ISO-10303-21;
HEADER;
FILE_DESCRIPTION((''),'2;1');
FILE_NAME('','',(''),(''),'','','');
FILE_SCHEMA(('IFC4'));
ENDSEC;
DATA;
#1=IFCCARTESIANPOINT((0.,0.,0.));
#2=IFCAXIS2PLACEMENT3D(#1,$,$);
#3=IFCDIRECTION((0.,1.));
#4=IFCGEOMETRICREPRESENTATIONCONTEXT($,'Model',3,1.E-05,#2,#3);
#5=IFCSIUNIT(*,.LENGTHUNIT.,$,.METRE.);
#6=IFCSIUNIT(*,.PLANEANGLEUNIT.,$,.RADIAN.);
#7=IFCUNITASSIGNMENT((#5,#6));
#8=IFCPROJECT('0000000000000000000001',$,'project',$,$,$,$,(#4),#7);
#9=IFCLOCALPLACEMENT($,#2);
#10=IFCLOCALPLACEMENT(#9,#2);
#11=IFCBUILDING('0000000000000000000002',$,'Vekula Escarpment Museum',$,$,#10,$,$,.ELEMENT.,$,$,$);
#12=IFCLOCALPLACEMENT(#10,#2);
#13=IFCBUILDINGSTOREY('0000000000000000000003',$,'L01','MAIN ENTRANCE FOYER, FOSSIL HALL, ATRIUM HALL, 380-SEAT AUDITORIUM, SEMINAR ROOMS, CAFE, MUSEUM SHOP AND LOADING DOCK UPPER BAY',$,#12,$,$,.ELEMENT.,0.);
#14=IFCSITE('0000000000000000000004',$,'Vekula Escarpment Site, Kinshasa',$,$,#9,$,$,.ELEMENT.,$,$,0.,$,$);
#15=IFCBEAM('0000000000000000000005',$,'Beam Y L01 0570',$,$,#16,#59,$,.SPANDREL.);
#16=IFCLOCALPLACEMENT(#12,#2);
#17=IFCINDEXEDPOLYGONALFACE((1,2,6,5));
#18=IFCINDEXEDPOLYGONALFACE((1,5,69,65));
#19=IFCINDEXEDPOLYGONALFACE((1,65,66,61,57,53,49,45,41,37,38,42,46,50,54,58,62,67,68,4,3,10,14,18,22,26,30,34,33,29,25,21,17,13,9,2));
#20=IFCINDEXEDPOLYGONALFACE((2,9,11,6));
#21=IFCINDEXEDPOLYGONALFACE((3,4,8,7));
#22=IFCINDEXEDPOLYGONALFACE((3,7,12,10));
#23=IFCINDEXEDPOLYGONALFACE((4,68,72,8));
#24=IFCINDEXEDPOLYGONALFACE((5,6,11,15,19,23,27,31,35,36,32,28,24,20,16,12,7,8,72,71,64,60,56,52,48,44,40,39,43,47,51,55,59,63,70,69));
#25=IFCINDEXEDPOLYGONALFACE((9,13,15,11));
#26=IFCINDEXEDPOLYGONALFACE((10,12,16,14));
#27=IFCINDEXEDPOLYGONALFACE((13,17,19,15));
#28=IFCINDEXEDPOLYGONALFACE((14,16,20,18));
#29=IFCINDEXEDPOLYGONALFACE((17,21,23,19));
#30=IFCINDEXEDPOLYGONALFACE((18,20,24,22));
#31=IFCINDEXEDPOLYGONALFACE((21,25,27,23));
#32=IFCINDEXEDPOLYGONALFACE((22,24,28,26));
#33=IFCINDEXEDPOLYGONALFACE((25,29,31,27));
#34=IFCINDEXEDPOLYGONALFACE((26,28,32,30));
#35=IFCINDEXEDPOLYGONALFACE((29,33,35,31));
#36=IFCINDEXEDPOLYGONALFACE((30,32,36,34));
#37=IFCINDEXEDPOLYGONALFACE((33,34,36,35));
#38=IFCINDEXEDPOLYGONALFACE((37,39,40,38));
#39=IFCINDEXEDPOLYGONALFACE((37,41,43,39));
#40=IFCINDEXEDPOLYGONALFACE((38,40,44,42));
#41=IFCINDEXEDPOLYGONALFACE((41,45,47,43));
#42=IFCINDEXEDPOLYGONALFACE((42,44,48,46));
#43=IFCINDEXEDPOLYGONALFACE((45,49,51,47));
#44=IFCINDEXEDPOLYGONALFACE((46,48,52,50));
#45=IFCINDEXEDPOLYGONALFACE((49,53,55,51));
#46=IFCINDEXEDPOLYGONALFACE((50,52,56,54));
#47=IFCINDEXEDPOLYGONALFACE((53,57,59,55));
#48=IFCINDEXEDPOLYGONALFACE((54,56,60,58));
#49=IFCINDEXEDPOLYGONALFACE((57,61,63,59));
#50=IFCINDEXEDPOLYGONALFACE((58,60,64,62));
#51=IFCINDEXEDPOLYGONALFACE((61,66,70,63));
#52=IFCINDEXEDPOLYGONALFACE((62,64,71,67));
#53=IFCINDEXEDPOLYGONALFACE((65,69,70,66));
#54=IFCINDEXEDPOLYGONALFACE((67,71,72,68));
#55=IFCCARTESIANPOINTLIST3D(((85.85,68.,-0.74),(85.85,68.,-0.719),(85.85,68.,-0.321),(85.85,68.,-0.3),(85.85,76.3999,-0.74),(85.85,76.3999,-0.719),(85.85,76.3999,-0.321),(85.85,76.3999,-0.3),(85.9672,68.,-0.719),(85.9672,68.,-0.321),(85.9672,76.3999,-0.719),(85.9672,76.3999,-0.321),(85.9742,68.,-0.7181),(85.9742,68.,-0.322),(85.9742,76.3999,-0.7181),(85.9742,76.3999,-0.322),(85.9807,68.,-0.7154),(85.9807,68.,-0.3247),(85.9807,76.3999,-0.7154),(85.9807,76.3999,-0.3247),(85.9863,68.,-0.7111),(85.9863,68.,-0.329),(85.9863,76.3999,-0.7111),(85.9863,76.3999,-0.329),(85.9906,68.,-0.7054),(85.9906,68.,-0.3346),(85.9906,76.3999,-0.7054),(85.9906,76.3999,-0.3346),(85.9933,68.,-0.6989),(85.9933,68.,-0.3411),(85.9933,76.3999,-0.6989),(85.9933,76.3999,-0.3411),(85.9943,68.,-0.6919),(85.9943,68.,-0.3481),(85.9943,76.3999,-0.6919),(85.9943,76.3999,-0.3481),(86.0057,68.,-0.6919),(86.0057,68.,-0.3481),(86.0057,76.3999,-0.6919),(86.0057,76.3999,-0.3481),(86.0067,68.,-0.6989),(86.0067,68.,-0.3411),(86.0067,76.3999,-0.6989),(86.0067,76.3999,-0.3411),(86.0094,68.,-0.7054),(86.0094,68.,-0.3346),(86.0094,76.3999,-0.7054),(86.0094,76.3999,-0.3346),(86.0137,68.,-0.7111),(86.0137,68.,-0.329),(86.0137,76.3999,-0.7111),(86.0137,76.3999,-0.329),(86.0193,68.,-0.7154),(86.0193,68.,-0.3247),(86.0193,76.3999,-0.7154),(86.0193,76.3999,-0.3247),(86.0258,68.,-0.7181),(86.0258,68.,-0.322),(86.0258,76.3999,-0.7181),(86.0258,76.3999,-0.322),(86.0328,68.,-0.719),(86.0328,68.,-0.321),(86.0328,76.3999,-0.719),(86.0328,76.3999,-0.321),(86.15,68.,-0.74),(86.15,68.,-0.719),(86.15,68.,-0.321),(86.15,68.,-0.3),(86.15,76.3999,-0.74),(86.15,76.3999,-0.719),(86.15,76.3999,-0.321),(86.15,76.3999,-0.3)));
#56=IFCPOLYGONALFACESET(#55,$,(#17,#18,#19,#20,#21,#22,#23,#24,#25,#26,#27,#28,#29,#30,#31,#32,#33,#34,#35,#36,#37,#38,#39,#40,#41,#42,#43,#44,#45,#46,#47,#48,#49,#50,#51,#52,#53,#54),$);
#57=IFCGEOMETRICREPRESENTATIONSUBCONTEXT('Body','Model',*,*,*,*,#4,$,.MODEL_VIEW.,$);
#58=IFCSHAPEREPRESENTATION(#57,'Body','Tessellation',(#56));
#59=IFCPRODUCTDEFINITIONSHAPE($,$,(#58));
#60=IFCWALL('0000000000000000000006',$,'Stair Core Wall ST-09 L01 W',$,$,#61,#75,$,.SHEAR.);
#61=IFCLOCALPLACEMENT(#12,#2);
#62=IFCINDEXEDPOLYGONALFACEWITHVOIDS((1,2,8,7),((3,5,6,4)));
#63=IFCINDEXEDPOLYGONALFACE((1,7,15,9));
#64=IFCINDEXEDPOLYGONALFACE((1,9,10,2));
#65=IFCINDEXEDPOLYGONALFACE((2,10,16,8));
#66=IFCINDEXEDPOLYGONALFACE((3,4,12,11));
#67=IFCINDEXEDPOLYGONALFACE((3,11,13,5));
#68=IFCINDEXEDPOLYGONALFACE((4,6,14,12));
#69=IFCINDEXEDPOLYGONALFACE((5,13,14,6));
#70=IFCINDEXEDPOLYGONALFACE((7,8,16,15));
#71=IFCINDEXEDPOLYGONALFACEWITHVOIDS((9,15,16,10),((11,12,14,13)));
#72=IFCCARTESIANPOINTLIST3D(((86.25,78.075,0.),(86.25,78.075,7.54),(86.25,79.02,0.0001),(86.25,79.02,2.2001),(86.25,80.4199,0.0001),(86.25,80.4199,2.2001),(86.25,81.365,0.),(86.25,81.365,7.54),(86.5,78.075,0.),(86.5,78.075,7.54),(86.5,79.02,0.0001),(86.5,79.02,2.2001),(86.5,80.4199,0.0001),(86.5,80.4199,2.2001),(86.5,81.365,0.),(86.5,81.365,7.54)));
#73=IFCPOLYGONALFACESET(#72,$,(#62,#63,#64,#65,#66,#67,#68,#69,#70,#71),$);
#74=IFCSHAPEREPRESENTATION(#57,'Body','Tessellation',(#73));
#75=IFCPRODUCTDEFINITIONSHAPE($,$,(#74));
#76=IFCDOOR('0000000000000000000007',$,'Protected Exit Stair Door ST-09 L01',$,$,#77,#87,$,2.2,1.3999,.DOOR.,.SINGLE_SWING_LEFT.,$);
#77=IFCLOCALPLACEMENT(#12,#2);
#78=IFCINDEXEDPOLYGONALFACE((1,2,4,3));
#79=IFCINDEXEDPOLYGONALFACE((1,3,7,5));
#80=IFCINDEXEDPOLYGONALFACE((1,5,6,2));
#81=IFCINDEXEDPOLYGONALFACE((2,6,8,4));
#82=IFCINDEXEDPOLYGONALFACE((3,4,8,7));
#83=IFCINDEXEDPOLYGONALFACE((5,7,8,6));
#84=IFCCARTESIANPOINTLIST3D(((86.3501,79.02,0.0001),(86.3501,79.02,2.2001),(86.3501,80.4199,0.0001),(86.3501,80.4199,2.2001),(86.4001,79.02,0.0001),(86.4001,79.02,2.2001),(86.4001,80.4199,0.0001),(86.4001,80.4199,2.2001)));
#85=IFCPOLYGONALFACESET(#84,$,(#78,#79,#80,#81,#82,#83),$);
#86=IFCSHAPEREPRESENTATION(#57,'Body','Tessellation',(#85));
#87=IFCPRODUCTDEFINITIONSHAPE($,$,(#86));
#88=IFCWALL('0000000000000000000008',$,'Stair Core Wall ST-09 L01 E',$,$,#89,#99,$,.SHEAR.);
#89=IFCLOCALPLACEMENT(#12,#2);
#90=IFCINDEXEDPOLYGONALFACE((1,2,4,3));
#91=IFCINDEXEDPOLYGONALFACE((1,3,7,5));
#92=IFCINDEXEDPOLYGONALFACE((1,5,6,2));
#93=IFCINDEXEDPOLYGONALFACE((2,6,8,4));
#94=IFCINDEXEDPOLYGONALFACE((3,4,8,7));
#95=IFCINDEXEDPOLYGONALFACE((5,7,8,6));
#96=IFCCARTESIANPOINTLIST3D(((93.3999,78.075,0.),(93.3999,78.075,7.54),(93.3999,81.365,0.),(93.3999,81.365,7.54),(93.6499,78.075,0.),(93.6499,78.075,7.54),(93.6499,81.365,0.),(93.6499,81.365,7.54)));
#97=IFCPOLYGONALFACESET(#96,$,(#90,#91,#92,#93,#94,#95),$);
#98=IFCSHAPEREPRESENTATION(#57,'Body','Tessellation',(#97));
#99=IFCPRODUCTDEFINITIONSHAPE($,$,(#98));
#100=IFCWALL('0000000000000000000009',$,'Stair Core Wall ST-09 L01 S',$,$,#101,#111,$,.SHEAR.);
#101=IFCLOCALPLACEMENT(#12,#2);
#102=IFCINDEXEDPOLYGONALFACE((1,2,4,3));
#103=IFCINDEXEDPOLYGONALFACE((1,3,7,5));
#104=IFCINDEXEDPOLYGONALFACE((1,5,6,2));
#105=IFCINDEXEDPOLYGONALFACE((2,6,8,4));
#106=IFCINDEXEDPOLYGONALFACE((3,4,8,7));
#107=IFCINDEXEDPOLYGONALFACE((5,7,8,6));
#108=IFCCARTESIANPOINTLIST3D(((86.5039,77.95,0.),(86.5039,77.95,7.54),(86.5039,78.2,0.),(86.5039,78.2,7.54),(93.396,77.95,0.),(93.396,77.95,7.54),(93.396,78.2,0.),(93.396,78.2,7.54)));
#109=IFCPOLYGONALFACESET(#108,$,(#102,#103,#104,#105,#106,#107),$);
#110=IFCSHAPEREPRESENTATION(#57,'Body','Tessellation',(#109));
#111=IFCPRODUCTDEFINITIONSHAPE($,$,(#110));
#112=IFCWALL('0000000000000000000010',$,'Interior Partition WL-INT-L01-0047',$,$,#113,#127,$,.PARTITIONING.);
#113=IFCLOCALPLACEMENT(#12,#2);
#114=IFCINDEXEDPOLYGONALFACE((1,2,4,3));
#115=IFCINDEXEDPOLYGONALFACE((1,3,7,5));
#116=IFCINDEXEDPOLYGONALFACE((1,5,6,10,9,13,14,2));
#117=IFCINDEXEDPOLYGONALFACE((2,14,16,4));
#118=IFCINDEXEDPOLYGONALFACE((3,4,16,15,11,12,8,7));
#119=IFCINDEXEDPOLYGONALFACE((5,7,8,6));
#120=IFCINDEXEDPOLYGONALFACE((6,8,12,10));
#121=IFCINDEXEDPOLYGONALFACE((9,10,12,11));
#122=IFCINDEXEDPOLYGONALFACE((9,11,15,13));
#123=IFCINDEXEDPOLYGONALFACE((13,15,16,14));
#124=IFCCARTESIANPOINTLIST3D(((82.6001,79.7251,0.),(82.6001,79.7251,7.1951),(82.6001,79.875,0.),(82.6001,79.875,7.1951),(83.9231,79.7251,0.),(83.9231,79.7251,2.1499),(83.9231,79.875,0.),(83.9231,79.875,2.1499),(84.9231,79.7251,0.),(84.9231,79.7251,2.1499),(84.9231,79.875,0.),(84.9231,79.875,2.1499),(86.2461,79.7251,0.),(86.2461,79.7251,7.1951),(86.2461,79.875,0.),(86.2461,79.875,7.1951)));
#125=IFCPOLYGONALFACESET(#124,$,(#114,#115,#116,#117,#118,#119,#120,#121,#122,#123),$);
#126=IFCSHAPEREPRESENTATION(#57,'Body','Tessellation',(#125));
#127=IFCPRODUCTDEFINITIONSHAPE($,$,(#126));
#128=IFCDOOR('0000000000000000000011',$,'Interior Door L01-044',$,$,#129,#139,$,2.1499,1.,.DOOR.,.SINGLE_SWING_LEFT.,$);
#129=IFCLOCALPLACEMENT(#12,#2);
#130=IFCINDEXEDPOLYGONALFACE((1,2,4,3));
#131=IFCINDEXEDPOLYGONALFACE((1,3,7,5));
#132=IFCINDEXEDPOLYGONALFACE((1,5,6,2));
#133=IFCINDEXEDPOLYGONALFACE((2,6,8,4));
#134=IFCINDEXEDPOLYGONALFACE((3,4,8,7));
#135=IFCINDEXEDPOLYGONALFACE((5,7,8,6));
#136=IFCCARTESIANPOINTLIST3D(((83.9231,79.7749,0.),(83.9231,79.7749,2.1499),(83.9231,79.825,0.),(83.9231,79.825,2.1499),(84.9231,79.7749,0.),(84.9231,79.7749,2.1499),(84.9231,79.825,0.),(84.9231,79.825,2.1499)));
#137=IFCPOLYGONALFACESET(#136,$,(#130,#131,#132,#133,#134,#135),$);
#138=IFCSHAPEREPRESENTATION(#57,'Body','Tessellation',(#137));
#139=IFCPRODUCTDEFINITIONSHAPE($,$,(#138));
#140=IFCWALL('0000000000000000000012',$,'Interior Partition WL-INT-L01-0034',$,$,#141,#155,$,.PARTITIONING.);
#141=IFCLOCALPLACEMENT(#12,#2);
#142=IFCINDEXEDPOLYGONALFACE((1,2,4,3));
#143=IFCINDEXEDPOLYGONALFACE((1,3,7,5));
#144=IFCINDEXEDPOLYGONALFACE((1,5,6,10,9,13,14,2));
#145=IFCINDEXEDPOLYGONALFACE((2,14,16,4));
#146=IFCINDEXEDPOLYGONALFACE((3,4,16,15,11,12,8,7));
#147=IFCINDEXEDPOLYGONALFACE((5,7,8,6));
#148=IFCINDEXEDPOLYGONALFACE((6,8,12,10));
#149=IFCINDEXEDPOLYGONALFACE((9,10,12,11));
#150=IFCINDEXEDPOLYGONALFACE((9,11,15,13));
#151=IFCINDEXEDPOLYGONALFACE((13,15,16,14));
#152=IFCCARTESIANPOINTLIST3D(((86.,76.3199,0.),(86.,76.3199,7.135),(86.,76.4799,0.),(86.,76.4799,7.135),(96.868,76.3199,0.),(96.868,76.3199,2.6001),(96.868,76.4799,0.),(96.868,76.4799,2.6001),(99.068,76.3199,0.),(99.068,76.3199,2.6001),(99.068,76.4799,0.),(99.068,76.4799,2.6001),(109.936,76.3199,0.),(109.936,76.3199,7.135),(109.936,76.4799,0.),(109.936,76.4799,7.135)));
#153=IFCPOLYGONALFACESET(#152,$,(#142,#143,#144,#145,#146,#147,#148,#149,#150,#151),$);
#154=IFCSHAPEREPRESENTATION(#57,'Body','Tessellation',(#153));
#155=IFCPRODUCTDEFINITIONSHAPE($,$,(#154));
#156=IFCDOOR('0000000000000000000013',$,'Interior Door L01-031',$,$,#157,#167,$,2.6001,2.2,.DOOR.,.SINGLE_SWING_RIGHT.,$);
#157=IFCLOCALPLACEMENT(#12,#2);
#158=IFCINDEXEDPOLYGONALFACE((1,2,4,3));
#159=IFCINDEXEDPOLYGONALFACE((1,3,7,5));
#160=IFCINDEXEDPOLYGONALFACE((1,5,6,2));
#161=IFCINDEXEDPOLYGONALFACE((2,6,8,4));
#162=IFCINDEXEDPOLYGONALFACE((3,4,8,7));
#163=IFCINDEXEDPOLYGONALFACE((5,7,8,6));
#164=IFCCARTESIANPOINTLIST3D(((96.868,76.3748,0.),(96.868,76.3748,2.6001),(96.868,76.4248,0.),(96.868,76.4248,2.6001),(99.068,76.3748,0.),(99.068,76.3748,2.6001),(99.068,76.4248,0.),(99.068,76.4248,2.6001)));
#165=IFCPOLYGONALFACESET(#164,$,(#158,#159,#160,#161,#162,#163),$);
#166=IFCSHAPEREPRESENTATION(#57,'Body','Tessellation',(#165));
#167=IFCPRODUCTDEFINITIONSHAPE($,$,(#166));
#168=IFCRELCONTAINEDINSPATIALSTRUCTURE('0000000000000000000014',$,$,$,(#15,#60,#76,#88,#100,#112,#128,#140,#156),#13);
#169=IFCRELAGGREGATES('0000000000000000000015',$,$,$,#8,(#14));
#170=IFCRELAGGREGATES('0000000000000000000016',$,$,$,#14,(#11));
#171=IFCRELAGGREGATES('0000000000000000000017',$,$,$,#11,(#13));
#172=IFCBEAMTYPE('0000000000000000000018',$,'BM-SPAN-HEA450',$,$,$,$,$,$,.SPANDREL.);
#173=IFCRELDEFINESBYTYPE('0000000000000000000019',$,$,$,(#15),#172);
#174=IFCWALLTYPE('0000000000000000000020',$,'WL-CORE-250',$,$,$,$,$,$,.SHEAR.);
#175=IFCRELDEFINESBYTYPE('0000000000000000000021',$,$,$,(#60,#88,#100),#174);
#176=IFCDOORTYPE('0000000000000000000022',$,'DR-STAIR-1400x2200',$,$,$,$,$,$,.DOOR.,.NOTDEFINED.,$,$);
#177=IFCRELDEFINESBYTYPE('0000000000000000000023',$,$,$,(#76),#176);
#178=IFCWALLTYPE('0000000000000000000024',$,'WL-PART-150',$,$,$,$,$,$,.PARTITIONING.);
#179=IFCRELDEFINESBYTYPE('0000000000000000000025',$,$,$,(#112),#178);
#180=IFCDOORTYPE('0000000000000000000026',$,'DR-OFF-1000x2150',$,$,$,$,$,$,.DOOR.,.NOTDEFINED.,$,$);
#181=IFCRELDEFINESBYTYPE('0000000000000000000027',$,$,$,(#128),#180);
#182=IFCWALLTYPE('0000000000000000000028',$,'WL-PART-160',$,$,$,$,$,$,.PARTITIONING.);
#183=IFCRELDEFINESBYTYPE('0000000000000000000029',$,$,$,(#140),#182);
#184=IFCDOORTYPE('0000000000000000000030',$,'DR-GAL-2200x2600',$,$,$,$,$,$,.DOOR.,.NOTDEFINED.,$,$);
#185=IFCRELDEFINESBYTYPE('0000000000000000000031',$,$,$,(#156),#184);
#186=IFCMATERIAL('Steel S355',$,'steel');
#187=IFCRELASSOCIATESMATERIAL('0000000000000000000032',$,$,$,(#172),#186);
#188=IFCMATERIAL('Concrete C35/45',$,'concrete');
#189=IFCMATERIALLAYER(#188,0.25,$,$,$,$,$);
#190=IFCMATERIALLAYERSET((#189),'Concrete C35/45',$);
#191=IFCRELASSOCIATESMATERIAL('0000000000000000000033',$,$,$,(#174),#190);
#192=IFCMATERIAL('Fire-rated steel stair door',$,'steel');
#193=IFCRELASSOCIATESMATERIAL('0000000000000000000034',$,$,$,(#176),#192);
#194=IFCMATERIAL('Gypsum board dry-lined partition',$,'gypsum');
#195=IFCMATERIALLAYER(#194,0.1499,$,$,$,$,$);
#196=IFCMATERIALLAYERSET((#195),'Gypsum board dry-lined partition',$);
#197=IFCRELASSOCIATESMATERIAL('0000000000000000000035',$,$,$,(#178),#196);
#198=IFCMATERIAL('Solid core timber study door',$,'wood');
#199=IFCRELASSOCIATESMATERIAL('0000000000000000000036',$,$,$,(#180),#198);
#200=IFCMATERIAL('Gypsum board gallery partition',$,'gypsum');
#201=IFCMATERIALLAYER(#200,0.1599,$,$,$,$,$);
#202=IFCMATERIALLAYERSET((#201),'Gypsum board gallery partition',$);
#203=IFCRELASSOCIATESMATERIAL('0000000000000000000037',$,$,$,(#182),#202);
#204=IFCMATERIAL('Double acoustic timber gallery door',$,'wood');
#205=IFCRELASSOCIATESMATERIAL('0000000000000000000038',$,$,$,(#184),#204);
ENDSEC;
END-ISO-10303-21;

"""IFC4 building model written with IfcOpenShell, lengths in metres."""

from ifc_helpers import new_model, si_unit, direction, frame, frame_2d, origin, origin_2d, place, context, subcontext, project, spatial, rectangle, i_section, extrude, material, layer, layer_set, material_profile, profile_set, type_object, element, fill, save


model = new_model("IFC4")

# Units and contexts
model_context = context("Model", 3, precision=1e-05, world=origin(), true_north=direction((0.0, 1.0)))
body_context = subcontext(model_context, "Body", "Model", "MODEL_VIEW")
ifc_project = project(units=[si_unit("LENGTHUNIT", "METRE"), si_unit("PLANEANGLEUNIT", "RADIAN")], contexts=[model_context])

# Site, building, storey
site_placement = place(None, origin())
site = spatial("IfcSite", under=ifc_project, at=site_placement, Name="Vekula Escarpment Site, Kinshasa", CompositionType="ELEMENT", RefElevation=0.0)
building_placement = place(site_placement, origin())
building = spatial("IfcBuilding", under=site, at=building_placement, Name="Vekula Escarpment Museum", CompositionType="ELEMENT")
storey_placement = place(building_placement, origin())
storey = spatial("IfcBuildingStorey", under=building, at=storey_placement, Name="L01", Description="MAIN ENTRANCE FOYER, FOSSIL HALL, ATRIUM HALL, 380-SEAT AUDITORIUM, SEMINAR ROOMS, CAFE, MUSEUM SHOP AND LOADING DOCK UPPER BAY", CompositionType="ELEMENT", Elevation=0.0)

# Beam
ifc_material_1 = material(Name="Steel S355", Category="steel")
ifc_material_profile_1 = material_profile(ifc_material_1, i_section(OverallWidth=0.3, OverallDepth=0.4399, WebThickness=0.0115, FlangeThickness=0.021, FilletRadius=0.0271, at=origin_2d()), Name="HEA 450")
ifc_profile_set_1 = profile_set([ifc_material_profile_1], Name="Steel S355")
beam_type_1 = type_object("IfcBeamType", Name="BM-SPAN-HEA450", PredefinedType="SPANDREL", material=ifc_profile_set_1)
beam_1_placement = place(storey_placement, frame((86.0, 68.0, -0.52), z_axis=(0.0, 1.0, 0.0), x_axis=(-1.0, 0.0, 0.0)))
element("IfcBeam", 1, at=beam_1_placement, inside=storey, type_object=beam_type_1, Name="Beam Y L01 0570", PredefinedType="SPANDREL", context=body_context, shape_type="SweptSolid", body=[
    extrude(i_section(OverallWidth=0.3, OverallDepth=0.4399, WebThickness=0.0115, FlangeThickness=0.021, FilletRadius=0.0271, at=origin_2d()), origin(), (0.0, 0.0, 1.0), 8.3999),
])

# Wall, opening, door
ifc_material_2 = material(Name="Concrete C35/45", Category="concrete")
ifc_layer_1 = layer(ifc_material_2, 0.25)
ifc_layer_set_1 = layer_set([ifc_layer_1], Name="Concrete C35/45")
wall_type_1 = type_object("IfcWallType", Name="WL-CORE-250", PredefinedType="SHEAR", material=ifc_layer_set_1)
wall_1_placement = place(storey_placement, frame((86.375, 78.075, 0.0), z_axis=(0.0, 0.0, 1.0), x_axis=(0.0, 1.0, 0.0)))
wall_1 = element("IfcWall", 2, at=wall_1_placement, inside=storey, type_object=wall_type_1, Name="Stair Core Wall ST-09 L01 W", PredefinedType="SHEAR", context=body_context, shape_type="SweptSolid", body=[
    extrude(rectangle(XDim=3.29, YDim=0.25, at=frame_2d((1.645, 0.0))), origin(), (0.0, 0.0, 1.0), 7.54),
])
opening_1_placement = place(wall_1_placement, frame((0.9451, 0.0, 0.0)))
opening_1 = element("IfcOpeningElement", 3, at=opening_1_placement, cuts=wall_1, PredefinedType="OPENING", context=body_context, shape_type="SweptSolid", body=[
    extrude(rectangle(XDim=1.3999, YDim=2.2, at=frame_2d((0.7, 1.1001))), frame((0.0, 0.135, 0.0), z_axis=(0.0, -1.0, 0.0), x_axis=(1.0, 0.0, 0.0)), (0.0, 0.0, 1.0), 0.27),
])
ifc_material_3 = material(Name="Fire-rated steel stair door", Category="steel")
door_type_1 = type_object("IfcDoorType", Name="DR-STAIR-1400x2200", OperationType="NOTDEFINED", PredefinedType="DOOR", material=ifc_material_3)
door_1_placement = place(opening_1_placement, origin())
door_1 = element("IfcDoor", 4, at=door_1_placement, inside=storey, type_object=door_type_1, Name="Protected Exit Stair Door ST-09 L01", OperationType="SINGLE_SWING_LEFT", OverallHeight=2.2, OverallWidth=1.3999, PredefinedType="DOOR", context=body_context, shape_type="SweptSolid", body=[
    extrude(rectangle(XDim=1.3999, YDim=2.2, at=frame_2d((0.7, 1.1001))), frame((0.0, 0.0249, 0.0), z_axis=(0.0, -1.0, 0.0), x_axis=(1.0, 0.0, 0.0)), (0.0, 0.0, 1.0), 0.05),
])
fill(opening_1, door_1)

# Walls
wall_2_placement = place(storey_placement, frame((93.5249, 78.075, 0.0), z_axis=(0.0, 0.0, 1.0), x_axis=(0.0, 1.0, 0.0)))
element("IfcWall", 5, at=wall_2_placement, inside=storey, type_object=wall_type_1, Name="Stair Core Wall ST-09 L01 E", PredefinedType="SHEAR", context=body_context, shape_type="SweptSolid", body=[
    extrude(rectangle(XDim=3.29, YDim=0.25, at=frame_2d((1.645, 0.0))), origin(), (0.0, 0.0, 1.0), 7.54),
])
wall_3_placement = place(storey_placement, frame((86.5039, 78.075, 0.0), z_axis=(0.0, 0.0, 1.0), x_axis=(1.0, 0.0, 0.0)))
element("IfcWall", 6, at=wall_3_placement, inside=storey, type_object=wall_type_1, Name="Stair Core Wall ST-09 L01 S", PredefinedType="SHEAR", context=body_context, shape_type="SweptSolid", body=[
    extrude(rectangle(XDim=6.8921, YDim=0.25, at=frame_2d((3.446, 0.0))), origin(), (0.0, 0.0, 1.0), 7.54),
])

# Walls, openings, doors
ifc_material_4 = material(Name="Gypsum board dry-lined partition", Category="gypsum")
ifc_layer_2 = layer(ifc_material_4, 0.1499)
ifc_layer_set_2 = layer_set([ifc_layer_2], Name="Gypsum board dry-lined partition")
wall_type_2 = type_object("IfcWallType", Name="WL-PART-150", PredefinedType="PARTITIONING", material=ifc_layer_set_2)
wall_4_placement = place(storey_placement, frame((82.6001, 79.8, 0.0), z_axis=(0.0, 0.0, 1.0), x_axis=(1.0, 0.0, 0.0)))
wall_4 = element("IfcWall", 7, at=wall_4_placement, inside=storey, type_object=wall_type_2, Name="Interior Partition WL-INT-L01-0047", PredefinedType="PARTITIONING", context=body_context, shape_type="SweptSolid", body=[
    extrude(rectangle(XDim=3.646, YDim=0.1499, at=frame_2d((1.823, 0.0))), origin(), (0.0, 0.0, 1.0), 7.1951),
])
opening_2_placement = place(wall_4_placement, frame((1.323, 0.0, 0.0)))
opening_2 = element("IfcOpeningElement", 8, at=opening_2_placement, cuts=wall_4, PredefinedType="OPENING", context=body_context, shape_type="SweptSolid", body=[
    extrude(rectangle(XDim=1.0, YDim=2.1499, at=frame_2d((0.5, 1.075))), frame((0.0, 0.085, 0.0), z_axis=(0.0, -1.0, 0.0), x_axis=(1.0, 0.0, 0.0)), (0.0, 0.0, 1.0), 0.1699),
])
ifc_material_5 = material(Name="Solid core timber study door", Category="wood")
door_type_2 = type_object("IfcDoorType", Name="DR-OFF-1000x2150", OperationType="NOTDEFINED", PredefinedType="DOOR", material=ifc_material_5)
door_2_placement = place(opening_2_placement, origin())
door_2 = element("IfcDoor", 9, at=door_2_placement, inside=storey, type_object=door_type_2, Name="Interior Door L01-044", OperationType="SINGLE_SWING_LEFT", OverallHeight=2.1499, OverallWidth=1.0, PredefinedType="DOOR", context=body_context, shape_type="SweptSolid", body=[
    extrude(rectangle(XDim=1.0, YDim=2.1499, at=frame_2d((0.5, 1.075))), frame((0.0, 0.0249, 0.0), z_axis=(0.0, -1.0, 0.0), x_axis=(1.0, 0.0, 0.0)), (0.0, 0.0, 1.0), 0.05),
])
fill(opening_2, door_2)
ifc_material_6 = material(Name="Gypsum board gallery partition", Category="gypsum")
ifc_layer_3 = layer(ifc_material_6, 0.1599)
ifc_layer_set_3 = layer_set([ifc_layer_3], Name="Gypsum board gallery partition")
wall_type_3 = type_object("IfcWallType", Name="WL-PART-160", PredefinedType="PARTITIONING", material=ifc_layer_set_3)
wall_5_placement = place(storey_placement, frame((86.0, 76.3999, 0.0), z_axis=(0.0, 0.0, 1.0), x_axis=(1.0, 0.0, 0.0)))
wall_5 = element("IfcWall", 10, at=wall_5_placement, inside=storey, type_object=wall_type_3, Name="Interior Partition WL-INT-L01-0034", PredefinedType="PARTITIONING", context=body_context, shape_type="SweptSolid", body=[
    extrude(rectangle(XDim=23.936, YDim=0.1599, at=frame_2d((11.968, 0.0))), origin(), (0.0, 0.0, 1.0), 7.135),
])
opening_3_placement = place(wall_5_placement, frame((10.8679, 0.0, 0.0)))
opening_3 = element("IfcOpeningElement", 11, at=opening_3_placement, cuts=wall_5, PredefinedType="OPENING", context=body_context, shape_type="SweptSolid", body=[
    extrude(rectangle(XDim=2.2, YDim=2.6001, at=frame_2d((1.1001, 1.3))), frame((0.0, 0.0898, 0.0), z_axis=(0.0, -1.0, 0.0), x_axis=(1.0, 0.0, 0.0)), (0.0, 0.0, 1.0), 0.1799),
])
ifc_material_7 = material(Name="Double acoustic timber gallery door", Category="wood")
door_type_3 = type_object("IfcDoorType", Name="DR-GAL-2200x2600", OperationType="NOTDEFINED", PredefinedType="DOOR", material=ifc_material_7)
door_3_placement = place(opening_3_placement, origin())
door_3 = element("IfcDoor", 12, at=door_3_placement, inside=storey, type_object=door_type_3, Name="Interior Door L01-031", OperationType="SINGLE_SWING_RIGHT", OverallHeight=2.6001, OverallWidth=2.2, PredefinedType="DOOR", context=body_context, shape_type="SweptSolid", body=[
    extrude(rectangle(XDim=2.2, YDim=2.6001, at=frame_2d((1.1001, 1.3))), frame((0.0, 0.0249, 0.0), z_axis=(0.0, -1.0, 0.0), x_axis=(1.0, 0.0, 0.0)), (0.0, 0.0, 1.0), 0.05),
])
fill(opening_3, door_3)

save(model, "model.ifc")
